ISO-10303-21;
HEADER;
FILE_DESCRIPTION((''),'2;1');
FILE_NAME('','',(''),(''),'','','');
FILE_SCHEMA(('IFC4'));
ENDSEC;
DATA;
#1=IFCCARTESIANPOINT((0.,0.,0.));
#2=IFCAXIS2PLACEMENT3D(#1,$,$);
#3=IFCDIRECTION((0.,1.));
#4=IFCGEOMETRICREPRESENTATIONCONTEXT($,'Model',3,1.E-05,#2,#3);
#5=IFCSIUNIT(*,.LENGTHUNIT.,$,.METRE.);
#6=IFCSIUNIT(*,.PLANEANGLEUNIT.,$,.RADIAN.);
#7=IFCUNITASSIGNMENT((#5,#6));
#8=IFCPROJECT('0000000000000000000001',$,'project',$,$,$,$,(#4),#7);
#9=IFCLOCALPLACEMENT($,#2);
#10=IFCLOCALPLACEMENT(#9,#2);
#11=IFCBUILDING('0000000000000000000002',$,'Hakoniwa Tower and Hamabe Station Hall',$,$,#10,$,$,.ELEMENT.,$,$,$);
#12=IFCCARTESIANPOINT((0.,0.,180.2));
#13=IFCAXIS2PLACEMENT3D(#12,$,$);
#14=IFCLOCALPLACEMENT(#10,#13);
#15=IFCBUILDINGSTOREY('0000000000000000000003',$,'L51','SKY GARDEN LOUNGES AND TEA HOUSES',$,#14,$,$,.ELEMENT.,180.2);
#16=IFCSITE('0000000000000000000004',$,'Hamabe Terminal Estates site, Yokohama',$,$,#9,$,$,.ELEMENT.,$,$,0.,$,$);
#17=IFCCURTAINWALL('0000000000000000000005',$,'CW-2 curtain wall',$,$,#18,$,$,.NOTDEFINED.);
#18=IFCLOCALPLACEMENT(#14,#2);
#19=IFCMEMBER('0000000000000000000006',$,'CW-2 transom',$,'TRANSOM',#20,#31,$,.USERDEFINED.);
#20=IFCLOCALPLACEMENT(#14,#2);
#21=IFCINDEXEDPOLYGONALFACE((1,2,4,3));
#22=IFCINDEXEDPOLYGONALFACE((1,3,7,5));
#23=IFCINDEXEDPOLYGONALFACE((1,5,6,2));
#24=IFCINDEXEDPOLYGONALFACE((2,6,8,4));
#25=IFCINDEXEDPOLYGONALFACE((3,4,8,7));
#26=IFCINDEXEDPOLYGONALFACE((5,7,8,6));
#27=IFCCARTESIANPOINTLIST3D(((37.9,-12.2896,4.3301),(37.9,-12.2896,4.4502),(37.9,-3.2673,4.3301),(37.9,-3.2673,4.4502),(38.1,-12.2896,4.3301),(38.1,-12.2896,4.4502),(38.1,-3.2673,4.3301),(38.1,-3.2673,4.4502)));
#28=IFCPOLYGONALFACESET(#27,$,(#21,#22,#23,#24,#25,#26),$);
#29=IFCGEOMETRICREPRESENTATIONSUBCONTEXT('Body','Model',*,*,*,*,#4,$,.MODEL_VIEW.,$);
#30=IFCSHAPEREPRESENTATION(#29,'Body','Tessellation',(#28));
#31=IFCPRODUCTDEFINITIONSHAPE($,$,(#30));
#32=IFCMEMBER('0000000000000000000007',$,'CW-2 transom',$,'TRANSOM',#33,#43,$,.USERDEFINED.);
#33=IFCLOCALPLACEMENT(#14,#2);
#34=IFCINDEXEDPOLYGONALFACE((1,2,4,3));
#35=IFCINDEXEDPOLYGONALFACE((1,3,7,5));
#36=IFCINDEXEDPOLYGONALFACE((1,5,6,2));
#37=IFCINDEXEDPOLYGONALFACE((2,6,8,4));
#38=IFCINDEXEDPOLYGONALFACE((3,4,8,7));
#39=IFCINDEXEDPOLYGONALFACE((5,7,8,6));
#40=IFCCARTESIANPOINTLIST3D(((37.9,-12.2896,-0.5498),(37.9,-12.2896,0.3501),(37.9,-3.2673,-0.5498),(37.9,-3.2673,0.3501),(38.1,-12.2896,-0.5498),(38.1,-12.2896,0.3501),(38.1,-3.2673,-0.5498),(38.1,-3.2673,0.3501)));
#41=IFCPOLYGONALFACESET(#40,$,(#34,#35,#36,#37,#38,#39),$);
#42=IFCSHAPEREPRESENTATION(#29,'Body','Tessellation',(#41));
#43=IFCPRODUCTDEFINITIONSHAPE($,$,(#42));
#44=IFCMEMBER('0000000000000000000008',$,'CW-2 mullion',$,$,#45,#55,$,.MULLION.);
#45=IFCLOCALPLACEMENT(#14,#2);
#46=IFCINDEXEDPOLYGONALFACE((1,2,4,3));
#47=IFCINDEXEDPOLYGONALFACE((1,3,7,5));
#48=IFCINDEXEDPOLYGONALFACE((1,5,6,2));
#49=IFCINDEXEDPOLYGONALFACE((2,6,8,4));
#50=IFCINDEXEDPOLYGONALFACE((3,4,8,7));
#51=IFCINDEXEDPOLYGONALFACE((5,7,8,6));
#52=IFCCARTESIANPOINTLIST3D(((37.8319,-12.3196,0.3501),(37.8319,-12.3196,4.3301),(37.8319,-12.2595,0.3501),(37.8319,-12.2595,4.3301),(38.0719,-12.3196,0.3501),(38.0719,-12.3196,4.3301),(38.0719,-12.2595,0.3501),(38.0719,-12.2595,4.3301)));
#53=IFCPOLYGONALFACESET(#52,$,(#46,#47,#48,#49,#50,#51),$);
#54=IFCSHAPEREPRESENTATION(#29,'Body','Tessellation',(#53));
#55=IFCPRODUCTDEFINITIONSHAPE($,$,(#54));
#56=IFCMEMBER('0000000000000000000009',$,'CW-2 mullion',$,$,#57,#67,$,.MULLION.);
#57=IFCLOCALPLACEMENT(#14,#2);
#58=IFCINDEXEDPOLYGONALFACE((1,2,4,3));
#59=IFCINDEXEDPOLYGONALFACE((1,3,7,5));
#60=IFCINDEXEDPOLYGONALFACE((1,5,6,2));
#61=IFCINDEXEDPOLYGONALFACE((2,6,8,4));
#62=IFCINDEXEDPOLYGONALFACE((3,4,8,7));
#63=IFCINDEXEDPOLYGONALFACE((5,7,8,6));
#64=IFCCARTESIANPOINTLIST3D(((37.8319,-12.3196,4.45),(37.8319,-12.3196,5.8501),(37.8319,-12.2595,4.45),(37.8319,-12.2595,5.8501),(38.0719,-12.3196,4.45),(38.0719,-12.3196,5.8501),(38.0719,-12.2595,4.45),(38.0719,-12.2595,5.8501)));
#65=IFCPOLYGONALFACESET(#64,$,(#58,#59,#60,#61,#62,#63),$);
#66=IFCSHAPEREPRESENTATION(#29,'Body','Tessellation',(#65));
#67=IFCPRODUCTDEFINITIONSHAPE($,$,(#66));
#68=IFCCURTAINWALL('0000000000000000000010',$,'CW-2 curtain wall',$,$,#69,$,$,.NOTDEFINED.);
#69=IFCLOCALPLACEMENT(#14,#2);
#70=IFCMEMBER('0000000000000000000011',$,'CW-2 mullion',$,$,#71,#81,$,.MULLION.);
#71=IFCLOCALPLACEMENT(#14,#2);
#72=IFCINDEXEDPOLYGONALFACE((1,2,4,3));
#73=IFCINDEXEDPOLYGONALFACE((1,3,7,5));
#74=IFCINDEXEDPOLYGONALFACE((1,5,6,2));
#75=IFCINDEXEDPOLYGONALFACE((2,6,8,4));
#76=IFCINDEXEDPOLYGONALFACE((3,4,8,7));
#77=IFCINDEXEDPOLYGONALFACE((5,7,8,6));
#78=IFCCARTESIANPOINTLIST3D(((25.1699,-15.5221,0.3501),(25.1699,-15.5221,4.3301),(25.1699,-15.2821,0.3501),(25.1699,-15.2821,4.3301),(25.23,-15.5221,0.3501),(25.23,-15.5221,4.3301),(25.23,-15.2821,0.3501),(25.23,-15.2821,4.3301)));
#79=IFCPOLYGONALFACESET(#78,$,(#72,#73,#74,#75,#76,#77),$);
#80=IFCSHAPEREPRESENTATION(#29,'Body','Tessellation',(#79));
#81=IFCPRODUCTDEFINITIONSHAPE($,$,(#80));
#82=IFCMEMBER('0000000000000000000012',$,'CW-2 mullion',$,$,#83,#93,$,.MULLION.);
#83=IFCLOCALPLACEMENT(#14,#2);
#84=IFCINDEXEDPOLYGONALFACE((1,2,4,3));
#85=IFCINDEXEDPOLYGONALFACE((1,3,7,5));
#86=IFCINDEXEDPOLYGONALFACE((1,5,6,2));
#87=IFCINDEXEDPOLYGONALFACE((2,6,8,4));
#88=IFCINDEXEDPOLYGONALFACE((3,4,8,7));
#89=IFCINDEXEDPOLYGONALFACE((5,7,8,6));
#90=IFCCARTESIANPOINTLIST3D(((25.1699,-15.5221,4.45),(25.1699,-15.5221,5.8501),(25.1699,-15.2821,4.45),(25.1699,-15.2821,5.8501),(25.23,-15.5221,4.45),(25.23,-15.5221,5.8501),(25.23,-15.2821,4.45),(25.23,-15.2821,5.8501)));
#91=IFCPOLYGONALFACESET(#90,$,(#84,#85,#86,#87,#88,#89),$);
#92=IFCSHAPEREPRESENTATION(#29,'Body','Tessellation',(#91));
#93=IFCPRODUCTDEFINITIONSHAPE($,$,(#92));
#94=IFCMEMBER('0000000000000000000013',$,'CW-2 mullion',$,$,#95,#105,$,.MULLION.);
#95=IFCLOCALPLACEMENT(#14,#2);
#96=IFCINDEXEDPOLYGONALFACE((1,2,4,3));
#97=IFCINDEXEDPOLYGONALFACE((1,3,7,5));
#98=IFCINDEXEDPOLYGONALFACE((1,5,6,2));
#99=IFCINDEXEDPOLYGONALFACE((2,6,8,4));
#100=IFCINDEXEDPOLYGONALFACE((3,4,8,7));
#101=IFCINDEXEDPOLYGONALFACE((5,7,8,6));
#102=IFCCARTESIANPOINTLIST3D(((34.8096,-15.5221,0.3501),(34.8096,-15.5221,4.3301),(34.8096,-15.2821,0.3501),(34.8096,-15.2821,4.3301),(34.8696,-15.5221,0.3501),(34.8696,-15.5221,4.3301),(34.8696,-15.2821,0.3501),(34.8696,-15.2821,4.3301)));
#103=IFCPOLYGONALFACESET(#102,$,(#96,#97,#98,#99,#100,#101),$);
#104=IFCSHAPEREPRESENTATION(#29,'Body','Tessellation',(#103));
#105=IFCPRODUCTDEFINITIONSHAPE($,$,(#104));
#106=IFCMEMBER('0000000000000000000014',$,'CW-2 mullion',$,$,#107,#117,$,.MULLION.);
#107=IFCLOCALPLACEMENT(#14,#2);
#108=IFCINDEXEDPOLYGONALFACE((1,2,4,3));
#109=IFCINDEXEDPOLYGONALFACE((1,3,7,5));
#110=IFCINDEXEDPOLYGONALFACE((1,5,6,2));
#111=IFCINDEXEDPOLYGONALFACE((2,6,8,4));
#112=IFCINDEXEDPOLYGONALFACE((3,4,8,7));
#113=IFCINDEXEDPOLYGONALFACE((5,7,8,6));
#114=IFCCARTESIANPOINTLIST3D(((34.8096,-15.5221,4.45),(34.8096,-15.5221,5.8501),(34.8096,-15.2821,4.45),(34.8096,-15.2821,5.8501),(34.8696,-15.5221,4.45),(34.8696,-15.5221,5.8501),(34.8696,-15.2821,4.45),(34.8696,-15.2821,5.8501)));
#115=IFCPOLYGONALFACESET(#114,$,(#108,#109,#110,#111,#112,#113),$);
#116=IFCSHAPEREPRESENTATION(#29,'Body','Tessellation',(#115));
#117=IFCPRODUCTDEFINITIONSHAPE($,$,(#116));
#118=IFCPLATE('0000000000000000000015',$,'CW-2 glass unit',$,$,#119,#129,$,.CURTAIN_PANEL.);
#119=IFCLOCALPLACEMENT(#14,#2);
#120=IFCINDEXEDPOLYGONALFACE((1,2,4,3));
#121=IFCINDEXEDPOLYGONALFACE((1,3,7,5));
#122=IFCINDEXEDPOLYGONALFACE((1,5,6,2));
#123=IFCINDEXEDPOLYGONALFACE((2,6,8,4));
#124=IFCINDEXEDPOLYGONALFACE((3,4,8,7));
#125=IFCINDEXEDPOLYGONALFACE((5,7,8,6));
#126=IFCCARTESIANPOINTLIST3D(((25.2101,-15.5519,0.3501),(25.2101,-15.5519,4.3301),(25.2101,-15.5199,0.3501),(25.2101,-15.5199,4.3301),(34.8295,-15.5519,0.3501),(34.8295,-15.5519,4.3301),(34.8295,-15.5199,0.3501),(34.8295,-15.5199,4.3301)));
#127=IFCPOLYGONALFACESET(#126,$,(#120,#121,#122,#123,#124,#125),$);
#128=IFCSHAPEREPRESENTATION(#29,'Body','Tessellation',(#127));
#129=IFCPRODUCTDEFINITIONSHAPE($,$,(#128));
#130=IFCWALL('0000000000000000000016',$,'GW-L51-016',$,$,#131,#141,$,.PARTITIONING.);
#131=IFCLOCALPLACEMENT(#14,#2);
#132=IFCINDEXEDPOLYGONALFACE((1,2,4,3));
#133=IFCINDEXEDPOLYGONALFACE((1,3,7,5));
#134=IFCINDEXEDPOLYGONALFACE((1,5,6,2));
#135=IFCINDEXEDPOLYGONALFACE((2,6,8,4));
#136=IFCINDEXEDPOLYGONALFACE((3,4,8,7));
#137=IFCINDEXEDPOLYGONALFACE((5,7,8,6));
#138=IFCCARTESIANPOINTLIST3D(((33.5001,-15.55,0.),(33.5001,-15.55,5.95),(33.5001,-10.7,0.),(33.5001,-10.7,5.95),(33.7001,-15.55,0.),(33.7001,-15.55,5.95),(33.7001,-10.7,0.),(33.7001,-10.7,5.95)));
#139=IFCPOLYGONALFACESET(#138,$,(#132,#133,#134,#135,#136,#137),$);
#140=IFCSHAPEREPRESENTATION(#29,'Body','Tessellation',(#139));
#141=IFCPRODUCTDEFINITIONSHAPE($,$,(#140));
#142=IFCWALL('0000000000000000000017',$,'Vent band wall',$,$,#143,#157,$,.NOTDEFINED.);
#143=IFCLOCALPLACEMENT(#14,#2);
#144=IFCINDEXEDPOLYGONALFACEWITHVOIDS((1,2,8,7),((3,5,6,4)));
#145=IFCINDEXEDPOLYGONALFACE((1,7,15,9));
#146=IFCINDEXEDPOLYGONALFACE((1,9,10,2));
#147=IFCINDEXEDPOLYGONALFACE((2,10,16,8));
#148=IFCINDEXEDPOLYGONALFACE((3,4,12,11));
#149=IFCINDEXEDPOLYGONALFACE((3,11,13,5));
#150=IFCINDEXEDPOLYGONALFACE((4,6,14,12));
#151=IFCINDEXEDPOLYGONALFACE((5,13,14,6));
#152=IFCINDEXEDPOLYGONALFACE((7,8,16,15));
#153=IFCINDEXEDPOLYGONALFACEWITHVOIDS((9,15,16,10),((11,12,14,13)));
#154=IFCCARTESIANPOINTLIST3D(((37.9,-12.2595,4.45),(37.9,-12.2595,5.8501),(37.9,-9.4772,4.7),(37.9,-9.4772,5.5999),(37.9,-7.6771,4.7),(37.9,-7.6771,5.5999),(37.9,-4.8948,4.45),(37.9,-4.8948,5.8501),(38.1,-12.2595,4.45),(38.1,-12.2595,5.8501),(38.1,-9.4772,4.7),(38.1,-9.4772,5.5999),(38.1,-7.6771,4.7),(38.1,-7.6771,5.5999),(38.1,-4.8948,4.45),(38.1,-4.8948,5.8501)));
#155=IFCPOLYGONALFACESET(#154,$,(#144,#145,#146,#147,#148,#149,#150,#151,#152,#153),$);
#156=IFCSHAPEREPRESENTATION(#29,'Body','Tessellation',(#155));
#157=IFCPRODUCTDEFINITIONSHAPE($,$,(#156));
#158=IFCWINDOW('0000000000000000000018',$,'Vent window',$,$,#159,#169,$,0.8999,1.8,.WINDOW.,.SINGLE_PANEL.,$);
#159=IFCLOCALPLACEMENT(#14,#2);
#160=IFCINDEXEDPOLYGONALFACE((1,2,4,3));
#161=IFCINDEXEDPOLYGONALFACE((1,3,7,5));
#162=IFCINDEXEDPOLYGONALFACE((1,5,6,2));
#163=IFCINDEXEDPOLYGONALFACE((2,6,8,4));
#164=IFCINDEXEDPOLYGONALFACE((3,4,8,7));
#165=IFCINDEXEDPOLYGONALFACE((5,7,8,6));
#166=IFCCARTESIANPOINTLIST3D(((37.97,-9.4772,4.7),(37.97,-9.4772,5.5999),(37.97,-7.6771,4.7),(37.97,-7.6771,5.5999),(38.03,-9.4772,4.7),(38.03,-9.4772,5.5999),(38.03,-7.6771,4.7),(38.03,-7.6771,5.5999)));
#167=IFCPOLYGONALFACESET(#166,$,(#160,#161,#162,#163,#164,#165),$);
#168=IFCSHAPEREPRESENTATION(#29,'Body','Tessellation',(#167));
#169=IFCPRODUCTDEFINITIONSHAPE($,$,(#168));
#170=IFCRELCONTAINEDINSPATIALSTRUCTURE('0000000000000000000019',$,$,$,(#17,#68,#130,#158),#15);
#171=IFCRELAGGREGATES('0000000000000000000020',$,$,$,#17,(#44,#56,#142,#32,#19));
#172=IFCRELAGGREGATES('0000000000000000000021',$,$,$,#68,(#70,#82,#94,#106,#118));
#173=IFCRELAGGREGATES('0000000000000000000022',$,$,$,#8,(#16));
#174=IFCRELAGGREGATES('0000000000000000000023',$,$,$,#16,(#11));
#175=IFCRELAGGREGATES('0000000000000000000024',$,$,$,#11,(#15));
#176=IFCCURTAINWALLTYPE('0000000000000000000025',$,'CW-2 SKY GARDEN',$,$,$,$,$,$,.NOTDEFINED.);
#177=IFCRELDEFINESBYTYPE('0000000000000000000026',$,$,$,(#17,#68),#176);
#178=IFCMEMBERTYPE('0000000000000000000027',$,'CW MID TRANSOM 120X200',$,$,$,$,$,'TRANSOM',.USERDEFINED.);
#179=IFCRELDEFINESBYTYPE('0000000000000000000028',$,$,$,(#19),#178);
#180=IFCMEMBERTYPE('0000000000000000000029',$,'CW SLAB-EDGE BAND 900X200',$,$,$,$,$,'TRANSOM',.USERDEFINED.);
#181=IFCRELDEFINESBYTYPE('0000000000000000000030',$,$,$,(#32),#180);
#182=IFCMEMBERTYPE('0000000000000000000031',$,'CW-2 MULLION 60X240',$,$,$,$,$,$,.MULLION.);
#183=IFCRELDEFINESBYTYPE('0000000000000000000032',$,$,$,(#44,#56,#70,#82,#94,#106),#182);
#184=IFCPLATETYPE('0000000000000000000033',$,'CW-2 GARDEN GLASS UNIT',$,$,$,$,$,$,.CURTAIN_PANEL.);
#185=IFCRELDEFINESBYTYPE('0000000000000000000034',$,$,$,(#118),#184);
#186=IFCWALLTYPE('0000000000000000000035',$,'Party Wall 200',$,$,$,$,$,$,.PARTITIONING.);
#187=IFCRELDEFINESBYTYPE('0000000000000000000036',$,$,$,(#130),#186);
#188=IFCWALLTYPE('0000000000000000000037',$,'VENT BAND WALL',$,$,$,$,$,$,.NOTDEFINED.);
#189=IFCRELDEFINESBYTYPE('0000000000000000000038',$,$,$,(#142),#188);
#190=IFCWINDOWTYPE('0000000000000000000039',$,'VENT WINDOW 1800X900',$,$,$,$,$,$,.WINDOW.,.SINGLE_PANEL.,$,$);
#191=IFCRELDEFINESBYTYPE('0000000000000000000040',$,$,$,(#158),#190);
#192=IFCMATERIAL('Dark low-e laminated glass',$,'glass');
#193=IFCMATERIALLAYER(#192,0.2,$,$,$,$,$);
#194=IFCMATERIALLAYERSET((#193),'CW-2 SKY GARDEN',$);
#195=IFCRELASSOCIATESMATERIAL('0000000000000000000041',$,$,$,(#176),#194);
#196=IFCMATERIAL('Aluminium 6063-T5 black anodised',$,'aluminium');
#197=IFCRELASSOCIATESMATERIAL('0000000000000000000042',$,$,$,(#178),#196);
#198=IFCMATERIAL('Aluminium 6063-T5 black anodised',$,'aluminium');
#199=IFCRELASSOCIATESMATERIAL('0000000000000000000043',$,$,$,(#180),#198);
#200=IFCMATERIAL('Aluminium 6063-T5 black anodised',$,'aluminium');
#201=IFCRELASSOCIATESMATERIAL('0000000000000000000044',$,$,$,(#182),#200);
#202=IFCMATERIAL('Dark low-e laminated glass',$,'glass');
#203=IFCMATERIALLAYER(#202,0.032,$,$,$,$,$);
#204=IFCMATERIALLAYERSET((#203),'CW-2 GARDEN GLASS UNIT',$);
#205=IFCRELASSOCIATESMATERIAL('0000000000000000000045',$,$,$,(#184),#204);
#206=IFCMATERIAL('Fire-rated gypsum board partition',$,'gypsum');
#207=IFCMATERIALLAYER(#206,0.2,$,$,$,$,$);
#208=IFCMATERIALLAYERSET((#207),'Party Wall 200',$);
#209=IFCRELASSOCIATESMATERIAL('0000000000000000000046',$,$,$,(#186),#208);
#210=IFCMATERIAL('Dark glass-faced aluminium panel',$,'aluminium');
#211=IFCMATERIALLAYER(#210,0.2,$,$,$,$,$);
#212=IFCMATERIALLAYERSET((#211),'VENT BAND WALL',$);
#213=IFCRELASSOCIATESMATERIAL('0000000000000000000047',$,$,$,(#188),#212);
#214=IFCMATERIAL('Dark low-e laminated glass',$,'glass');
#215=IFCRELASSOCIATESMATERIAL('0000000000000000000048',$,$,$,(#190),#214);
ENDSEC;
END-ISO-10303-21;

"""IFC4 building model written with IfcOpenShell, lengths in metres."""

from ifc_helpers import new_model, si_unit, direction, frame, frame_2d, origin, origin_2d, place, context, subcontext, project, spatial, rectangle, extrude, material, layer, layer_set, material_profile, profile_set, type_object, element, fill, aggregate, save


model = new_model("IFC4")

# Units and contexts
model_context = context("Model", 3, precision=1e-05, world=origin(), true_north=direction((0.0, 1.0)))
body_context = subcontext(model_context, "Body", "Model", "MODEL_VIEW")
ifc_project = project(units=[si_unit("LENGTHUNIT", "METRE"), si_unit("PLANEANGLEUNIT", "RADIAN")], contexts=[model_context])

# Site, building, storey
site_placement = place(None, origin())
site = spatial("IfcSite", under=ifc_project, at=site_placement, Name="Hamabe Terminal Estates site, Yokohama", CompositionType="ELEMENT", RefElevation=0.0)
building_placement = place(site_placement, origin())
building = spatial("IfcBuilding", under=site, at=building_placement, Name="Hakoniwa Tower and Hamabe Station Hall", CompositionType="ELEMENT")
storey_placement = place(building_placement, frame((0.0, 0.0, 180.2)))
storey = spatial("IfcBuildingStorey", under=building, at=storey_placement, Name="L51", Description="SKY GARDEN LOUNGES AND TEA HOUSES", CompositionType="ELEMENT", Elevation=180.2)

# Curtain wall, members
ifc_material_1 = material(Name="Dark low-e laminated glass", Category="glass")
ifc_layer_1 = layer(ifc_material_1, 0.2)
ifc_layer_set_1 = layer_set([ifc_layer_1], Name="CW-2 SKY GARDEN")
curtain_wall_type = type_object("IfcCurtainWallType", Name="CW-2 SKY GARDEN", PredefinedType="NOTDEFINED", material=ifc_layer_set_1)
curtain_wall_1_placement = place(storey_placement, origin())
curtain_wall_1 = element("IfcCurtainWall", 1, at=curtain_wall_1_placement, inside=storey, type_object=curtain_wall_type, Name="CW-2 curtain wall", PredefinedType="NOTDEFINED")
ifc_material_2 = material(Name="Aluminium 6063-T5 black anodised", Category="aluminium")
ifc_material_profile_1 = material_profile(ifc_material_2, rectangle(XDim=0.2, YDim=0.1201, at=origin_2d()), Name="CW MID TRANSOM 120X200")
ifc_profile_set_1 = profile_set([ifc_material_profile_1], Name="Aluminium 6063-T5 black anodised")
member_type_1 = type_object("IfcMemberType", Name="CW MID TRANSOM 120X200", ElementType="TRANSOM", PredefinedType="USERDEFINED", material=ifc_profile_set_1)
member_1_placement = place(storey_placement, frame((38.0, -12.2896, 4.3901), z_axis=(0.0, 1.0, 0.0), x_axis=(-1.0, 0.0, 0.0)))
member_1 = element("IfcMember", 2, at=member_1_placement, type_object=member_type_1, Name="CW-2 transom", ObjectType="TRANSOM", PredefinedType="USERDEFINED", context=body_context, shape_type="SweptSolid", body=[
    extrude(rectangle(XDim=0.2, YDim=0.1201, at=origin_2d()), origin(), (0.0, 0.0, 1.0), 9.0222),
])
ifc_material_3 = material(Name="Aluminium 6063-T5 black anodised", Category="aluminium")
ifc_material_profile_2 = material_profile(ifc_material_3, rectangle(XDim=0.2, YDim=0.8999, at=origin_2d()), Name="CW SLAB-EDGE BAND 900X200")
ifc_profile_set_2 = profile_set([ifc_material_profile_2], Name="Aluminium 6063-T5 black anodised")
member_type_2 = type_object("IfcMemberType", Name="CW SLAB-EDGE BAND 900X200", ElementType="TRANSOM", PredefinedType="USERDEFINED", material=ifc_profile_set_2)
member_2_placement = place(storey_placement, frame((38.0, -12.2896, -0.0999), z_axis=(0.0, 1.0, 0.0), x_axis=(-1.0, 0.0, 0.0)))
member_2 = element("IfcMember", 3, at=member_2_placement, type_object=member_type_2, Name="CW-2 transom", ObjectType="TRANSOM", PredefinedType="USERDEFINED", context=body_context, shape_type="SweptSolid", body=[
    extrude(rectangle(XDim=0.2, YDim=0.8999, at=origin_2d()), origin(), (0.0, 0.0, 1.0), 9.0222),
])
ifc_material_4 = material(Name="Aluminium 6063-T5 black anodised", Category="aluminium")
ifc_material_profile_3 = material_profile(ifc_material_4, rectangle(XDim=0.0601, YDim=0.24, at=origin_2d()), Name="CW-2 MULLION 60X240")
ifc_profile_set_3 = profile_set([ifc_material_profile_3], Name="Aluminium 6063-T5 black anodised")
member_type_3 = type_object("IfcMemberType", Name="CW-2 MULLION 60X240", PredefinedType="MULLION", material=ifc_profile_set_3)
member_3_placement = place(storey_placement, frame((37.9519, -12.2896, 0.3501), z_axis=(0.0, 0.0, 1.0), x_axis=(0.0, 1.0, 0.0)))
member_3 = element("IfcMember", 4, at=member_3_placement, type_object=member_type_3, Name="CW-2 mullion", PredefinedType="MULLION", context=body_context, shape_type="SweptSolid", body=[
    extrude(rectangle(XDim=0.0601, YDim=0.24, at=origin_2d()), origin(), (0.0, 0.0, 1.0), 3.98),
])
member_4_placement = place(storey_placement, frame((37.9519, -12.2896, 4.45), z_axis=(0.0, 0.0, 1.0), x_axis=(0.0, 1.0, 0.0)))
member_4 = element("IfcMember", 5, at=member_4_placement, type_object=member_type_3, Name="CW-2 mullion", PredefinedType="MULLION", context=body_context, shape_type="SweptSolid", body=[
    extrude(rectangle(XDim=0.0601, YDim=0.24, at=origin_2d()), origin(), (0.0, 0.0, 1.0), 1.4001),
])

# Curtain wall, members, plate
curtain_wall_2_placement = place(storey_placement, origin())
curtain_wall_2 = element("IfcCurtainWall", 6, at=curtain_wall_2_placement, inside=storey, type_object=curtain_wall_type, Name="CW-2 curtain wall", PredefinedType="NOTDEFINED")
member_5_placement = place(storey_placement, frame((25.2, -15.4021, 0.3501), z_axis=(0.0, 0.0, 1.0), x_axis=(1.0, 0.0, 0.0)))
member_5 = element("IfcMember", 7, at=member_5_placement, type_object=member_type_3, Name="CW-2 mullion", PredefinedType="MULLION", context=body_context, shape_type="SweptSolid", body=[
    extrude(rectangle(XDim=0.0601, YDim=0.24, at=origin_2d()), origin(), (0.0, 0.0, 1.0), 3.98),
])
member_6_placement = place(storey_placement, frame((25.2, -15.4021, 4.45), z_axis=(0.0, 0.0, 1.0), x_axis=(1.0, 0.0, 0.0)))
member_6 = element("IfcMember", 8, at=member_6_placement, type_object=member_type_3, Name="CW-2 mullion", PredefinedType="MULLION", context=body_context, shape_type="SweptSolid", body=[
    extrude(rectangle(XDim=0.0601, YDim=0.24, at=origin_2d()), origin(), (0.0, 0.0, 1.0), 1.4001),
])
member_7_placement = place(storey_placement, frame((34.8396, -15.4021, 0.3501), z_axis=(0.0, 0.0, 1.0), x_axis=(1.0, 0.0, 0.0)))
member_7 = element("IfcMember", 9, at=member_7_placement, type_object=member_type_3, Name="CW-2 mullion", PredefinedType="MULLION", context=body_context, shape_type="SweptSolid", body=[
    extrude(rectangle(XDim=0.0601, YDim=0.24, at=origin_2d()), origin(), (0.0, 0.0, 1.0), 3.98),
])
member_8_placement = place(storey_placement, frame((34.8396, -15.4021, 4.45), z_axis=(0.0, 0.0, 1.0), x_axis=(1.0, 0.0, 0.0)))
member_8 = element("IfcMember", 10, at=member_8_placement, type_object=member_type_3, Name="CW-2 mullion", PredefinedType="MULLION", context=body_context, shape_type="SweptSolid", body=[
    extrude(rectangle(XDim=0.0601, YDim=0.24, at=origin_2d()), origin(), (0.0, 0.0, 1.0), 1.4001),
])
ifc_material_5 = material(Name="Dark low-e laminated glass", Category="glass")
ifc_layer_2 = layer(ifc_material_5, 0.032)
ifc_layer_set_2 = layer_set([ifc_layer_2], Name="CW-2 GARDEN GLASS UNIT")
plate_type = type_object("IfcPlateType", Name="CW-2 GARDEN GLASS UNIT", PredefinedType="CURTAIN_PANEL", material=ifc_layer_set_2)
plate_placement = place(storey_placement, frame((30.0198, -15.5359, 0.3501), z_axis=(0.0, 0.0, 1.0), x_axis=(1.0, 0.0, 0.0)))
plate = element("IfcPlate", 11, at=plate_placement, type_object=plate_type, Name="CW-2 glass unit", PredefinedType="CURTAIN_PANEL", context=body_context, shape_type="SweptSolid", body=[
    extrude(rectangle(XDim=9.6194, YDim=0.032, at=origin_2d()), origin(), (0.0, 0.0, 1.0), 3.98),
])

# Wall
ifc_material_6 = material(Name="Fire-rated gypsum board partition", Category="gypsum")
ifc_layer_3 = layer(ifc_material_6, 0.2)
ifc_layer_set_3 = layer_set([ifc_layer_3], Name="Party Wall 200")
wall_type_1 = type_object("IfcWallType", Name="Party Wall 200", PredefinedType="PARTITIONING", material=ifc_layer_set_3)
wall_1_placement = place(storey_placement, frame((33.6001, -15.55, 0.0), z_axis=(0.0, 0.0, 1.0), x_axis=(0.0, 1.0, 0.0)))
element("IfcWall", 12, at=wall_1_placement, inside=storey, type_object=wall_type_1, Name="GW-L51-016", PredefinedType="PARTITIONING", context=body_context, shape_type="SweptSolid", body=[
    extrude(rectangle(XDim=4.8501, YDim=0.2, at=frame_2d((2.425, 0.0))), origin(), (0.0, 0.0, 1.0), 5.95),
])

# Wall, opening, window
ifc_material_7 = material(Name="Dark glass-faced aluminium panel", Category="aluminium")
ifc_layer_4 = layer(ifc_material_7, 0.2)
ifc_layer_set_4 = layer_set([ifc_layer_4], Name="VENT BAND WALL")
wall_type_2 = type_object("IfcWallType", Name="VENT BAND WALL", PredefinedType="NOTDEFINED", material=ifc_layer_set_4)
wall_2_placement = place(storey_placement, frame((38.0, -12.2595, 4.45), z_axis=(0.0, 0.0, 1.0), x_axis=(0.0, 1.0, 0.0)))
wall_2 = element("IfcWall", 13, at=wall_2_placement, type_object=wall_type_2, Name="Vent band wall", PredefinedType="NOTDEFINED", context=body_context, shape_type="SweptSolid", body=[
    extrude(rectangle(XDim=7.3647, YDim=0.2, at=frame_2d((3.6824, 0.0))), origin(), (0.0, 0.0, 1.0), 1.4001),
])
opening_1_placement = place(wall_2_placement, frame((2.7825, 0.0, 0.25)))
opening_1 = element("IfcOpeningElement", 14, at=opening_1_placement, cuts=wall_2, PredefinedType="OPENING", context=body_context, shape_type="SweptSolid", body=[
    extrude(rectangle(XDim=1.8, YDim=0.8999, at=frame_2d((0.8999, 0.45))), frame((0.0, 0.1099, 0.0), z_axis=(0.0, -1.0, 0.0), x_axis=(1.0, 0.0, 0.0)), (0.0, 0.0, 1.0), 0.22),
])
ifc_material_8 = material(Name="Dark low-e laminated glass", Category="glass")
window_type = type_object("IfcWindowType", Name="VENT WINDOW 1800X900", PartitioningType="SINGLE_PANEL", PredefinedType="WINDOW", material=ifc_material_8)
window_1_placement = place(opening_1_placement, origin())
window_1 = element("IfcWindow", 15, at=window_1_placement, inside=storey, type_object=window_type, Name="Vent window", OverallHeight=0.8999, OverallWidth=1.8, PartitioningType="SINGLE_PANEL", PredefinedType="WINDOW", context=body_context, shape_type="SweptSolid", body=[
    extrude(rectangle(XDim=1.8, YDim=0.8999, at=frame_2d((0.8999, 0.45))), frame((0.0, 0.03, 0.0), z_axis=(0.0, -1.0, 0.0), x_axis=(1.0, 0.0, 0.0)), (0.0, 0.0, 1.0), 0.0601),
])
fill(opening_1, window_1)
aggregate(curtain_wall_1, [member_3, member_4, wall_2, member_2, member_1])
aggregate(curtain_wall_2, [member_5, member_6, member_7, member_8, plate])

save(model, "model.ifc")
